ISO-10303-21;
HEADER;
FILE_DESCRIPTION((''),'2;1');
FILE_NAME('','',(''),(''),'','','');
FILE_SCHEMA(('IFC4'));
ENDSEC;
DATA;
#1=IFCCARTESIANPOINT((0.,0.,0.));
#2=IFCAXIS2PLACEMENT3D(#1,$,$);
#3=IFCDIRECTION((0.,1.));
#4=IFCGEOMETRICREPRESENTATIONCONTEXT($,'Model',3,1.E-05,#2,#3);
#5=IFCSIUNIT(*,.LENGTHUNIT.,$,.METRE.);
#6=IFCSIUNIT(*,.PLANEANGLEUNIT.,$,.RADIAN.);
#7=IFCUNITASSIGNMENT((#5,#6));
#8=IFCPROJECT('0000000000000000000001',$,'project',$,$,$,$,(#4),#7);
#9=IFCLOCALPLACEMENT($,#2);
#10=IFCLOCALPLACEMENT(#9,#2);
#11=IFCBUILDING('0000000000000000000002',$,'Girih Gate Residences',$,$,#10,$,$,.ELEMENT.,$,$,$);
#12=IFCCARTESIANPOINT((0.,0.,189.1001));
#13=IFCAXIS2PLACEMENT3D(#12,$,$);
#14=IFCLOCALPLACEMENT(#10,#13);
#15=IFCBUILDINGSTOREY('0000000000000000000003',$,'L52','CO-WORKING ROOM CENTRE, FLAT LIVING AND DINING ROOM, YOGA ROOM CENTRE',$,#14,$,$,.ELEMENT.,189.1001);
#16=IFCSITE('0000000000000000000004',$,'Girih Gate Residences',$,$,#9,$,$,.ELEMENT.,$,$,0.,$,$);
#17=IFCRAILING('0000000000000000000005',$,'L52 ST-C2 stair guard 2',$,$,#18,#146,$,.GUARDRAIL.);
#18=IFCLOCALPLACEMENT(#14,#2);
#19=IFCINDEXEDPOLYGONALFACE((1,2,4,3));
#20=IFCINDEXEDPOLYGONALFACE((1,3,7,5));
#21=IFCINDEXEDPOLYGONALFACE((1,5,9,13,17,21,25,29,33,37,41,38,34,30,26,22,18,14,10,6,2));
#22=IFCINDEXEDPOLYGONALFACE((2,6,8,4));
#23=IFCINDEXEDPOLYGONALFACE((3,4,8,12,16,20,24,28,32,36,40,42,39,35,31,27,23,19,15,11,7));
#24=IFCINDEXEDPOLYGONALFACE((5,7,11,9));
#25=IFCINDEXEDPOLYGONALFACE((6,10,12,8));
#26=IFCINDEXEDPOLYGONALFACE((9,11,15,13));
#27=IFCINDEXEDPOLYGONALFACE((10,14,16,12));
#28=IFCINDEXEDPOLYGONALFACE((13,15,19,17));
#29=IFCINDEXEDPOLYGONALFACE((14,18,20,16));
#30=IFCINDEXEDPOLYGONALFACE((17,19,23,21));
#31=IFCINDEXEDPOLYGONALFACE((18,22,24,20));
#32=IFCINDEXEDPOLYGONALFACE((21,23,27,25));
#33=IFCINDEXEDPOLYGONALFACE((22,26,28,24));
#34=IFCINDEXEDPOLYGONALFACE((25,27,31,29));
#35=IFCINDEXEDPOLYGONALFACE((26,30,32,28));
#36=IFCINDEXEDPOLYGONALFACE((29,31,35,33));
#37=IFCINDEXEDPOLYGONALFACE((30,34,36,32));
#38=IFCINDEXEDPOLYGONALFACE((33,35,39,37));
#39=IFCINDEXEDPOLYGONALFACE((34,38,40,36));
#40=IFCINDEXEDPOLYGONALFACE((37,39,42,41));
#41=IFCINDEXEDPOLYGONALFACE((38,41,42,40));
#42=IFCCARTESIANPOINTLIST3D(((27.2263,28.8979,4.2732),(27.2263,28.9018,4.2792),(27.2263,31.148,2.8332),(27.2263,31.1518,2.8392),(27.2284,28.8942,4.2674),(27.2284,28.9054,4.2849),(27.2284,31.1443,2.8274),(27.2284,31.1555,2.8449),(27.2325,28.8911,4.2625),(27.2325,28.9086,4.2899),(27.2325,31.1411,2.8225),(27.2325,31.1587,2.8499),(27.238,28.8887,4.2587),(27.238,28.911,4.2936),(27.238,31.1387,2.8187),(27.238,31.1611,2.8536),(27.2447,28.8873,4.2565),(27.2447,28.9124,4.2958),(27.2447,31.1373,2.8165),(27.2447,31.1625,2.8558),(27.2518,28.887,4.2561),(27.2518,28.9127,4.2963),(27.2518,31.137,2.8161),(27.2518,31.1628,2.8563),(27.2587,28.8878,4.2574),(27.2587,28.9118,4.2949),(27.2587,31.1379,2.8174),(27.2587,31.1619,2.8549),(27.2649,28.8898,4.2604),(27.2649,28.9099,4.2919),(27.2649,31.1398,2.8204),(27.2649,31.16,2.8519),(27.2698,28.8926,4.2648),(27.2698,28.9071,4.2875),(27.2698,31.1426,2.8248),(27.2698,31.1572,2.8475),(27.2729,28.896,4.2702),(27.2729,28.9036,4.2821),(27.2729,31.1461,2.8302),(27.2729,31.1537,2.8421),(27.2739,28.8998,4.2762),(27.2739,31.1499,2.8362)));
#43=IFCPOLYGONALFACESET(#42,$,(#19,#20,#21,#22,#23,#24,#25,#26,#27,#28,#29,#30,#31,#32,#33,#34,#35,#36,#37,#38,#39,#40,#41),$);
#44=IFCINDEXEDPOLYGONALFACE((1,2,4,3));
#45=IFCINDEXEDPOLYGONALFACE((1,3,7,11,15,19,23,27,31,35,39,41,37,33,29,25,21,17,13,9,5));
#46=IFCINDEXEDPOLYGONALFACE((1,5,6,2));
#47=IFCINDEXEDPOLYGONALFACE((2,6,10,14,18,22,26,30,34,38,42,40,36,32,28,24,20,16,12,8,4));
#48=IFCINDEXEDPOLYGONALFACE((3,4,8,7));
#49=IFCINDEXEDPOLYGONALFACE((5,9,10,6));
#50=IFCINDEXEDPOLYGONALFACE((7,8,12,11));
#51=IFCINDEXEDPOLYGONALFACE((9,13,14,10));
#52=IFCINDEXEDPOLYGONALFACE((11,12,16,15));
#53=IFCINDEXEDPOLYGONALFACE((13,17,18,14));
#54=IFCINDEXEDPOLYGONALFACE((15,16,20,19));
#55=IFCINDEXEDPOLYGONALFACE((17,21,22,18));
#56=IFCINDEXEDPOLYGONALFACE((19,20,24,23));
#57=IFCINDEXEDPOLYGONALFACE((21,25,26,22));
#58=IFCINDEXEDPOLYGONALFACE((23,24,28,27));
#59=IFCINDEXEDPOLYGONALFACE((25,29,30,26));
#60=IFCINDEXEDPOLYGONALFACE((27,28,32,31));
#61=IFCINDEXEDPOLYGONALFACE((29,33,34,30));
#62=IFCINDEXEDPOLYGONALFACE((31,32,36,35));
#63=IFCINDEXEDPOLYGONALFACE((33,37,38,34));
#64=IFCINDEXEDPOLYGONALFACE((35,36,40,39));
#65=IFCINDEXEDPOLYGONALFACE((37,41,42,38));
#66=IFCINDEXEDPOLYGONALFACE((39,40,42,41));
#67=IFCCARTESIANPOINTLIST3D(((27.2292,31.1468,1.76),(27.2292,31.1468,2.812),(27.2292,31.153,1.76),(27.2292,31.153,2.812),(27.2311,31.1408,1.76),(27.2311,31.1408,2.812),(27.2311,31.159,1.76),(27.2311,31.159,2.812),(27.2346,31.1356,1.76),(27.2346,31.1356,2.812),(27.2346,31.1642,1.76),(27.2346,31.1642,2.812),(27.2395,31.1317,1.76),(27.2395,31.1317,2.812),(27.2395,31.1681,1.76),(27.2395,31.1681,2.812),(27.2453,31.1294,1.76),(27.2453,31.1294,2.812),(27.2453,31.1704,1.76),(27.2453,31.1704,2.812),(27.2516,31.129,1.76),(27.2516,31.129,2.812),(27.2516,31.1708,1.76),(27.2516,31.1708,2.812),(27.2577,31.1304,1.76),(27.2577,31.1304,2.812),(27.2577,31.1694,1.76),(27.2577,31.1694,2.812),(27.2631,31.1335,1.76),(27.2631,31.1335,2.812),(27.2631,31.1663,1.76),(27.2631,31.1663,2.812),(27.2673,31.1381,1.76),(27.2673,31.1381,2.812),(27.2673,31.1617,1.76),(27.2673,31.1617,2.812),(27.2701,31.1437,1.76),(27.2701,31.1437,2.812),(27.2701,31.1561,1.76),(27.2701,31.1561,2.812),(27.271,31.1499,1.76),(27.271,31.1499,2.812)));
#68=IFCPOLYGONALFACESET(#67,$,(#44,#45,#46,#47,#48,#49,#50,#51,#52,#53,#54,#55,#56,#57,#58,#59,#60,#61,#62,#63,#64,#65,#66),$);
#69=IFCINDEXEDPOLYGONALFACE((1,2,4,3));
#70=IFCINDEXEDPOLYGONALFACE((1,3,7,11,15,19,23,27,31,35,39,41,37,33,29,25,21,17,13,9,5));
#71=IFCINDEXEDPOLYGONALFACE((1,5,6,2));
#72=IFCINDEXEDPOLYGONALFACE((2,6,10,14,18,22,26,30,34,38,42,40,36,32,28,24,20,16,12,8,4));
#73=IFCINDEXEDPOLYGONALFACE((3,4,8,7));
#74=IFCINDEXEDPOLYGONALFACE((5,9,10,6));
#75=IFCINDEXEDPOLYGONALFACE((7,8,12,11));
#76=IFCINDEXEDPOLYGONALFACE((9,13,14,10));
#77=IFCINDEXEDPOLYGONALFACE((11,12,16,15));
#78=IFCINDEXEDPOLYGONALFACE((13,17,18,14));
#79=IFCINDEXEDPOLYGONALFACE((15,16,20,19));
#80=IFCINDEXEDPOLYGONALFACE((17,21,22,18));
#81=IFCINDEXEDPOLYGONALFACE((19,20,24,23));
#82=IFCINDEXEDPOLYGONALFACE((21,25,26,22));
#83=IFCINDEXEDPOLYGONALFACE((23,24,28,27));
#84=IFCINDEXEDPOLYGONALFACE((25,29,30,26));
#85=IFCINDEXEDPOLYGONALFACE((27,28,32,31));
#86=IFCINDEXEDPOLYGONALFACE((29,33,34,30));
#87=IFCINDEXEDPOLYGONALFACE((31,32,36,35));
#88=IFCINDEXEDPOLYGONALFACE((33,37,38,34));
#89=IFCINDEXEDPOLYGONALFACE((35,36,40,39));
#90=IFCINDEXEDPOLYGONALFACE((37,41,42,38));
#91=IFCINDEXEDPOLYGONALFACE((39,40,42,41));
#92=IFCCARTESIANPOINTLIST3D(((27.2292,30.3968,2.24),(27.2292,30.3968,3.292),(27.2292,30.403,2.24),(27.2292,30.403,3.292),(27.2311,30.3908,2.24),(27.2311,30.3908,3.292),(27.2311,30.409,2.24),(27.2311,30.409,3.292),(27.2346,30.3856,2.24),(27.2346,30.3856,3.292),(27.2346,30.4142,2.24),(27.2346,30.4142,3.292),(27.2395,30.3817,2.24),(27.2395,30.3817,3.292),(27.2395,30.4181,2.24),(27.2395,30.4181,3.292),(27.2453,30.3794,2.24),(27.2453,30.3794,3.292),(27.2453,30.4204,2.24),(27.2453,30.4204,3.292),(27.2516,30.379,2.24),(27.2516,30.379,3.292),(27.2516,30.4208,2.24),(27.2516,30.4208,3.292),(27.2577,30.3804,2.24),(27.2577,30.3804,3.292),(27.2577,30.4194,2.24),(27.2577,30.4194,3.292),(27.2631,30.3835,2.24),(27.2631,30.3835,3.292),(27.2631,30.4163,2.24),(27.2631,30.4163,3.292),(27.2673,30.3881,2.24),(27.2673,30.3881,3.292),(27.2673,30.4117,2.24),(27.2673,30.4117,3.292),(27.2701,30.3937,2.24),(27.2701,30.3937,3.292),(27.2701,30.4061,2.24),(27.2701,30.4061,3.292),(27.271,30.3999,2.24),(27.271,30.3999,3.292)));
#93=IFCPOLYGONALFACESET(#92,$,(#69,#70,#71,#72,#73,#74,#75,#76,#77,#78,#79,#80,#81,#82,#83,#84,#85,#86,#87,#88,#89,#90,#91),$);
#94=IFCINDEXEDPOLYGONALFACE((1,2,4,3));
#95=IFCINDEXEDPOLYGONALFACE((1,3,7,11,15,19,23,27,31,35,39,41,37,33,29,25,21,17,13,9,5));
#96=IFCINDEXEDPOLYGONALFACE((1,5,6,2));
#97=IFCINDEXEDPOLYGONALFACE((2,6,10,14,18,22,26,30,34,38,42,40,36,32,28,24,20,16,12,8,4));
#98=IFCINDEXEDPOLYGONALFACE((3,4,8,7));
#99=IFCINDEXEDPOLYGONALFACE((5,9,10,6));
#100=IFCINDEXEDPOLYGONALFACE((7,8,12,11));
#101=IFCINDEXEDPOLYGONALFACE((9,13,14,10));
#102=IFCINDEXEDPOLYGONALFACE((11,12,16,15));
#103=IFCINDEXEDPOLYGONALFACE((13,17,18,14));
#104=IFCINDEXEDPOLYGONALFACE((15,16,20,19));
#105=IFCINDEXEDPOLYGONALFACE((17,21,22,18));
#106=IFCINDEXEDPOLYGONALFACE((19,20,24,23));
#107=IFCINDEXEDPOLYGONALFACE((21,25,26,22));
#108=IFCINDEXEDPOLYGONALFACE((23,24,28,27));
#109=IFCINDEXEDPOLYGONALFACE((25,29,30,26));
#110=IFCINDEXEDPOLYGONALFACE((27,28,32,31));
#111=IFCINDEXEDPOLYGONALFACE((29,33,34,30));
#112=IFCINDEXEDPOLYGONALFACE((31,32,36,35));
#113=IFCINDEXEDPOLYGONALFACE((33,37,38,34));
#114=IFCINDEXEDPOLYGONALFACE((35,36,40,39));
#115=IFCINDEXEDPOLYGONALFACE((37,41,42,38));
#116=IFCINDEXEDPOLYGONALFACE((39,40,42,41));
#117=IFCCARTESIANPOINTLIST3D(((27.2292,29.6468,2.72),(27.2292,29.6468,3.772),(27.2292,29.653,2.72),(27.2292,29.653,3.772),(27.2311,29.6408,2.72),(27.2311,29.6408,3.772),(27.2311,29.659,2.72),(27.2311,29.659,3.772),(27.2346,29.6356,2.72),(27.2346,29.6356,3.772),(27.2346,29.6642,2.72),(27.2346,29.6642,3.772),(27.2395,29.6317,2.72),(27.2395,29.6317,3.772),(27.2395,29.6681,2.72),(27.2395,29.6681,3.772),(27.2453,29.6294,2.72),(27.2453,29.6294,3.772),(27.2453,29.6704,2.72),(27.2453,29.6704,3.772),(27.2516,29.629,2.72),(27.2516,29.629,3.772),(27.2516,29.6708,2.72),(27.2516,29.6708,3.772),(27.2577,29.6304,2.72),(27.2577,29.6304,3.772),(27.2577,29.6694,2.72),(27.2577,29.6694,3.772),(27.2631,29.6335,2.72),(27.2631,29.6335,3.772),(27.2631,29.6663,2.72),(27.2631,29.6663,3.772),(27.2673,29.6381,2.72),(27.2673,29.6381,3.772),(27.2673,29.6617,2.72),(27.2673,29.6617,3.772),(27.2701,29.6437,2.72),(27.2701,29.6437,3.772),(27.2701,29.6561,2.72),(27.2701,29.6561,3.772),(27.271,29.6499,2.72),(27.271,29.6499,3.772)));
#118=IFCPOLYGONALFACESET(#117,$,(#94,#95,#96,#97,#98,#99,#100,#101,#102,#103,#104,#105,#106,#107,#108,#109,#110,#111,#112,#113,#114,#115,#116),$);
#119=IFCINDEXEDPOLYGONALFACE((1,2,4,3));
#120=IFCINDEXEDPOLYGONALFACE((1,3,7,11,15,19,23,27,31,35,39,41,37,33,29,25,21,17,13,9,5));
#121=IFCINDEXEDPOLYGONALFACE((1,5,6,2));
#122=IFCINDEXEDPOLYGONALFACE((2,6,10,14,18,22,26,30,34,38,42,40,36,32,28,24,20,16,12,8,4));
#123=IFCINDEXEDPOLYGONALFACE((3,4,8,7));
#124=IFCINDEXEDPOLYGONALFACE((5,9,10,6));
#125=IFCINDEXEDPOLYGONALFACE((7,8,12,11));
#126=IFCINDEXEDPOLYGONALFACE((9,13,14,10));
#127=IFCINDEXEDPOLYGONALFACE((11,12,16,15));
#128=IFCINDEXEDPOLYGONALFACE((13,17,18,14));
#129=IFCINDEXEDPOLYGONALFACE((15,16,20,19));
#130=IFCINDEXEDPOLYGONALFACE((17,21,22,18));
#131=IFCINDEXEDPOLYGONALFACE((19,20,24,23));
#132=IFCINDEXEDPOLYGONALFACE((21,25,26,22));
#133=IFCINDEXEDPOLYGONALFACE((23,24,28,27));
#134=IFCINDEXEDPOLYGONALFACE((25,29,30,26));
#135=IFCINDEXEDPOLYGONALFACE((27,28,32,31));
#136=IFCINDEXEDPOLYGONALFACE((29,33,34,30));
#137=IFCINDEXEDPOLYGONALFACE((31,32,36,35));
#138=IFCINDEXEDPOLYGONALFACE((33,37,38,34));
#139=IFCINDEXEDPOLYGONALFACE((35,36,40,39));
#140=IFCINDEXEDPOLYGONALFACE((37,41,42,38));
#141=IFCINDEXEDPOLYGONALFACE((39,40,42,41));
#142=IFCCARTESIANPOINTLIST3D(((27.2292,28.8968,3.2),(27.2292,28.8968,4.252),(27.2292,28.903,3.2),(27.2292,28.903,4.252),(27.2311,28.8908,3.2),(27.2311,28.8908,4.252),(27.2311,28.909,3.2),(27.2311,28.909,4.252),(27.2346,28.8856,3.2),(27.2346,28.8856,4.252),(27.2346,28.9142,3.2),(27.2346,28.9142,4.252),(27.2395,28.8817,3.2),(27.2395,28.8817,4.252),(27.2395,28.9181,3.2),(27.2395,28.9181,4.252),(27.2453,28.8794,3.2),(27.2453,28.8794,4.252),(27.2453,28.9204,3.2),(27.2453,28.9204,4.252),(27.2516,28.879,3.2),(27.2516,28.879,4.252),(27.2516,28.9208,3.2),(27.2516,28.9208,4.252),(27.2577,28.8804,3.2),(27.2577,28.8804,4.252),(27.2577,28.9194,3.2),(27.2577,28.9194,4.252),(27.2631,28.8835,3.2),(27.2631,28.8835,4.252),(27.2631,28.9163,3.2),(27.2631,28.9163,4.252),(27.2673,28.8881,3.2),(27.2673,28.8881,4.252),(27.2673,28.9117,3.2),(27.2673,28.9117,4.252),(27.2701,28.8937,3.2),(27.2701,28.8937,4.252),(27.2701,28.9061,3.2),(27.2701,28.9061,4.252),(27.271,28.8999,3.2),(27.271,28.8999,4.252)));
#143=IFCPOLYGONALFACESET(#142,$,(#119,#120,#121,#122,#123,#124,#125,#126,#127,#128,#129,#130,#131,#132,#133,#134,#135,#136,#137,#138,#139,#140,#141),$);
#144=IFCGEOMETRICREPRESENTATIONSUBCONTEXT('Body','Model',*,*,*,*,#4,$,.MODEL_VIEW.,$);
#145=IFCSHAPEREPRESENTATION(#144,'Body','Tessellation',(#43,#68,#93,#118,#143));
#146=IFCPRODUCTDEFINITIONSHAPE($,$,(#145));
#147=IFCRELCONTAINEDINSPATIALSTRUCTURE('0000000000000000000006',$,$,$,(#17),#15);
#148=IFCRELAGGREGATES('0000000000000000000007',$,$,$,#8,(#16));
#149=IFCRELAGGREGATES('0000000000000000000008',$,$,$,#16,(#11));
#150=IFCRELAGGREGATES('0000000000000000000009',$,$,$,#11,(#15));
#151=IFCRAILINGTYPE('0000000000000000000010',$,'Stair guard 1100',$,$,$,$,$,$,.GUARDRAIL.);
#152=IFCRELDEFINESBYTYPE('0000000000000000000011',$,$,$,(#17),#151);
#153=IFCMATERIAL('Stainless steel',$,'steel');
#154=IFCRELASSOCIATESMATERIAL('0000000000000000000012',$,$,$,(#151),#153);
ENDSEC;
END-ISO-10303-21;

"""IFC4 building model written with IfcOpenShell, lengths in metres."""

from ifc_helpers import new_model, si_unit, direction, frame, origin, origin_2d, place, context, subcontext, project, spatial, circle, extrude, material, type_object, element, save


model = new_model("IFC4")

# Units and contexts
model_context = context("Model", 3, precision=1e-05, world=origin(), true_north=direction((0.0, 1.0)))
body_context = subcontext(model_context, "Body", "Model", "MODEL_VIEW")
ifc_project = project(units=[si_unit("LENGTHUNIT", "METRE"), si_unit("PLANEANGLEUNIT", "RADIAN")], contexts=[model_context])

# Site, building, storey
site_placement = place(None, origin())
site = spatial("IfcSite", under=ifc_project, at=site_placement, Name="Girih Gate Residences", CompositionType="ELEMENT", RefElevation=0.0)
building_placement = place(site_placement, origin())
building = spatial("IfcBuilding", under=site, at=building_placement, Name="Girih Gate Residences", CompositionType="ELEMENT")
storey_placement = place(building_placement, frame((0.0, 0.0, 189.1001)))
storey = spatial("IfcBuildingStorey", under=building, at=storey_placement, Name="L52", Description="CO-WORKING ROOM CENTRE, FLAT LIVING AND DINING ROOM, YOGA ROOM CENTRE", CompositionType="ELEMENT", Elevation=189.1001)

# Railing
ifc_material_1 = material(Name="Stainless steel", Category="steel")
railing_type_1 = type_object("IfcRailingType", Name="Stair guard 1100", PredefinedType="GUARDRAIL", material=ifc_material_1)
railing_1_placement = place(storey_placement, frame((27.25, 31.1499, 1.76)))
element("IfcRailing", 1, at=railing_1_placement, inside=storey, type_object=railing_type_1, Name="L52 ST-C2 stair guard 2", PredefinedType="GUARDRAIL", context=body_context, shape_type="SweptSolid", body=[
    extrude(circle(Radius=0.0239, at=origin_2d()), frame((0.0, 0.0, 1.0762), z_axis=(0.0, -0.842281, 0.539038), x_axis=(1.0, 0.0, 0.0)), (0.0, 0.0, 1.0), 2.6714),
    extrude(circle(Radius=0.021, at=origin_2d()), origin(), (0.0, 0.0, 1.0), 1.052),
    extrude(circle(Radius=0.021, at=origin_2d()), frame((0.0, -0.75, 0.48)), (0.0, 0.0, 1.0), 1.052),
    extrude(circle(Radius=0.021, at=origin_2d()), frame((0.0, -1.5, 0.96)), (0.0, 0.0, 1.0), 1.052),
    extrude(circle(Radius=0.021, at=origin_2d()), frame((0.0, -2.25, 1.4399)), (0.0, 0.0, 1.0), 1.052),
])

save(model, "model.ifc")
